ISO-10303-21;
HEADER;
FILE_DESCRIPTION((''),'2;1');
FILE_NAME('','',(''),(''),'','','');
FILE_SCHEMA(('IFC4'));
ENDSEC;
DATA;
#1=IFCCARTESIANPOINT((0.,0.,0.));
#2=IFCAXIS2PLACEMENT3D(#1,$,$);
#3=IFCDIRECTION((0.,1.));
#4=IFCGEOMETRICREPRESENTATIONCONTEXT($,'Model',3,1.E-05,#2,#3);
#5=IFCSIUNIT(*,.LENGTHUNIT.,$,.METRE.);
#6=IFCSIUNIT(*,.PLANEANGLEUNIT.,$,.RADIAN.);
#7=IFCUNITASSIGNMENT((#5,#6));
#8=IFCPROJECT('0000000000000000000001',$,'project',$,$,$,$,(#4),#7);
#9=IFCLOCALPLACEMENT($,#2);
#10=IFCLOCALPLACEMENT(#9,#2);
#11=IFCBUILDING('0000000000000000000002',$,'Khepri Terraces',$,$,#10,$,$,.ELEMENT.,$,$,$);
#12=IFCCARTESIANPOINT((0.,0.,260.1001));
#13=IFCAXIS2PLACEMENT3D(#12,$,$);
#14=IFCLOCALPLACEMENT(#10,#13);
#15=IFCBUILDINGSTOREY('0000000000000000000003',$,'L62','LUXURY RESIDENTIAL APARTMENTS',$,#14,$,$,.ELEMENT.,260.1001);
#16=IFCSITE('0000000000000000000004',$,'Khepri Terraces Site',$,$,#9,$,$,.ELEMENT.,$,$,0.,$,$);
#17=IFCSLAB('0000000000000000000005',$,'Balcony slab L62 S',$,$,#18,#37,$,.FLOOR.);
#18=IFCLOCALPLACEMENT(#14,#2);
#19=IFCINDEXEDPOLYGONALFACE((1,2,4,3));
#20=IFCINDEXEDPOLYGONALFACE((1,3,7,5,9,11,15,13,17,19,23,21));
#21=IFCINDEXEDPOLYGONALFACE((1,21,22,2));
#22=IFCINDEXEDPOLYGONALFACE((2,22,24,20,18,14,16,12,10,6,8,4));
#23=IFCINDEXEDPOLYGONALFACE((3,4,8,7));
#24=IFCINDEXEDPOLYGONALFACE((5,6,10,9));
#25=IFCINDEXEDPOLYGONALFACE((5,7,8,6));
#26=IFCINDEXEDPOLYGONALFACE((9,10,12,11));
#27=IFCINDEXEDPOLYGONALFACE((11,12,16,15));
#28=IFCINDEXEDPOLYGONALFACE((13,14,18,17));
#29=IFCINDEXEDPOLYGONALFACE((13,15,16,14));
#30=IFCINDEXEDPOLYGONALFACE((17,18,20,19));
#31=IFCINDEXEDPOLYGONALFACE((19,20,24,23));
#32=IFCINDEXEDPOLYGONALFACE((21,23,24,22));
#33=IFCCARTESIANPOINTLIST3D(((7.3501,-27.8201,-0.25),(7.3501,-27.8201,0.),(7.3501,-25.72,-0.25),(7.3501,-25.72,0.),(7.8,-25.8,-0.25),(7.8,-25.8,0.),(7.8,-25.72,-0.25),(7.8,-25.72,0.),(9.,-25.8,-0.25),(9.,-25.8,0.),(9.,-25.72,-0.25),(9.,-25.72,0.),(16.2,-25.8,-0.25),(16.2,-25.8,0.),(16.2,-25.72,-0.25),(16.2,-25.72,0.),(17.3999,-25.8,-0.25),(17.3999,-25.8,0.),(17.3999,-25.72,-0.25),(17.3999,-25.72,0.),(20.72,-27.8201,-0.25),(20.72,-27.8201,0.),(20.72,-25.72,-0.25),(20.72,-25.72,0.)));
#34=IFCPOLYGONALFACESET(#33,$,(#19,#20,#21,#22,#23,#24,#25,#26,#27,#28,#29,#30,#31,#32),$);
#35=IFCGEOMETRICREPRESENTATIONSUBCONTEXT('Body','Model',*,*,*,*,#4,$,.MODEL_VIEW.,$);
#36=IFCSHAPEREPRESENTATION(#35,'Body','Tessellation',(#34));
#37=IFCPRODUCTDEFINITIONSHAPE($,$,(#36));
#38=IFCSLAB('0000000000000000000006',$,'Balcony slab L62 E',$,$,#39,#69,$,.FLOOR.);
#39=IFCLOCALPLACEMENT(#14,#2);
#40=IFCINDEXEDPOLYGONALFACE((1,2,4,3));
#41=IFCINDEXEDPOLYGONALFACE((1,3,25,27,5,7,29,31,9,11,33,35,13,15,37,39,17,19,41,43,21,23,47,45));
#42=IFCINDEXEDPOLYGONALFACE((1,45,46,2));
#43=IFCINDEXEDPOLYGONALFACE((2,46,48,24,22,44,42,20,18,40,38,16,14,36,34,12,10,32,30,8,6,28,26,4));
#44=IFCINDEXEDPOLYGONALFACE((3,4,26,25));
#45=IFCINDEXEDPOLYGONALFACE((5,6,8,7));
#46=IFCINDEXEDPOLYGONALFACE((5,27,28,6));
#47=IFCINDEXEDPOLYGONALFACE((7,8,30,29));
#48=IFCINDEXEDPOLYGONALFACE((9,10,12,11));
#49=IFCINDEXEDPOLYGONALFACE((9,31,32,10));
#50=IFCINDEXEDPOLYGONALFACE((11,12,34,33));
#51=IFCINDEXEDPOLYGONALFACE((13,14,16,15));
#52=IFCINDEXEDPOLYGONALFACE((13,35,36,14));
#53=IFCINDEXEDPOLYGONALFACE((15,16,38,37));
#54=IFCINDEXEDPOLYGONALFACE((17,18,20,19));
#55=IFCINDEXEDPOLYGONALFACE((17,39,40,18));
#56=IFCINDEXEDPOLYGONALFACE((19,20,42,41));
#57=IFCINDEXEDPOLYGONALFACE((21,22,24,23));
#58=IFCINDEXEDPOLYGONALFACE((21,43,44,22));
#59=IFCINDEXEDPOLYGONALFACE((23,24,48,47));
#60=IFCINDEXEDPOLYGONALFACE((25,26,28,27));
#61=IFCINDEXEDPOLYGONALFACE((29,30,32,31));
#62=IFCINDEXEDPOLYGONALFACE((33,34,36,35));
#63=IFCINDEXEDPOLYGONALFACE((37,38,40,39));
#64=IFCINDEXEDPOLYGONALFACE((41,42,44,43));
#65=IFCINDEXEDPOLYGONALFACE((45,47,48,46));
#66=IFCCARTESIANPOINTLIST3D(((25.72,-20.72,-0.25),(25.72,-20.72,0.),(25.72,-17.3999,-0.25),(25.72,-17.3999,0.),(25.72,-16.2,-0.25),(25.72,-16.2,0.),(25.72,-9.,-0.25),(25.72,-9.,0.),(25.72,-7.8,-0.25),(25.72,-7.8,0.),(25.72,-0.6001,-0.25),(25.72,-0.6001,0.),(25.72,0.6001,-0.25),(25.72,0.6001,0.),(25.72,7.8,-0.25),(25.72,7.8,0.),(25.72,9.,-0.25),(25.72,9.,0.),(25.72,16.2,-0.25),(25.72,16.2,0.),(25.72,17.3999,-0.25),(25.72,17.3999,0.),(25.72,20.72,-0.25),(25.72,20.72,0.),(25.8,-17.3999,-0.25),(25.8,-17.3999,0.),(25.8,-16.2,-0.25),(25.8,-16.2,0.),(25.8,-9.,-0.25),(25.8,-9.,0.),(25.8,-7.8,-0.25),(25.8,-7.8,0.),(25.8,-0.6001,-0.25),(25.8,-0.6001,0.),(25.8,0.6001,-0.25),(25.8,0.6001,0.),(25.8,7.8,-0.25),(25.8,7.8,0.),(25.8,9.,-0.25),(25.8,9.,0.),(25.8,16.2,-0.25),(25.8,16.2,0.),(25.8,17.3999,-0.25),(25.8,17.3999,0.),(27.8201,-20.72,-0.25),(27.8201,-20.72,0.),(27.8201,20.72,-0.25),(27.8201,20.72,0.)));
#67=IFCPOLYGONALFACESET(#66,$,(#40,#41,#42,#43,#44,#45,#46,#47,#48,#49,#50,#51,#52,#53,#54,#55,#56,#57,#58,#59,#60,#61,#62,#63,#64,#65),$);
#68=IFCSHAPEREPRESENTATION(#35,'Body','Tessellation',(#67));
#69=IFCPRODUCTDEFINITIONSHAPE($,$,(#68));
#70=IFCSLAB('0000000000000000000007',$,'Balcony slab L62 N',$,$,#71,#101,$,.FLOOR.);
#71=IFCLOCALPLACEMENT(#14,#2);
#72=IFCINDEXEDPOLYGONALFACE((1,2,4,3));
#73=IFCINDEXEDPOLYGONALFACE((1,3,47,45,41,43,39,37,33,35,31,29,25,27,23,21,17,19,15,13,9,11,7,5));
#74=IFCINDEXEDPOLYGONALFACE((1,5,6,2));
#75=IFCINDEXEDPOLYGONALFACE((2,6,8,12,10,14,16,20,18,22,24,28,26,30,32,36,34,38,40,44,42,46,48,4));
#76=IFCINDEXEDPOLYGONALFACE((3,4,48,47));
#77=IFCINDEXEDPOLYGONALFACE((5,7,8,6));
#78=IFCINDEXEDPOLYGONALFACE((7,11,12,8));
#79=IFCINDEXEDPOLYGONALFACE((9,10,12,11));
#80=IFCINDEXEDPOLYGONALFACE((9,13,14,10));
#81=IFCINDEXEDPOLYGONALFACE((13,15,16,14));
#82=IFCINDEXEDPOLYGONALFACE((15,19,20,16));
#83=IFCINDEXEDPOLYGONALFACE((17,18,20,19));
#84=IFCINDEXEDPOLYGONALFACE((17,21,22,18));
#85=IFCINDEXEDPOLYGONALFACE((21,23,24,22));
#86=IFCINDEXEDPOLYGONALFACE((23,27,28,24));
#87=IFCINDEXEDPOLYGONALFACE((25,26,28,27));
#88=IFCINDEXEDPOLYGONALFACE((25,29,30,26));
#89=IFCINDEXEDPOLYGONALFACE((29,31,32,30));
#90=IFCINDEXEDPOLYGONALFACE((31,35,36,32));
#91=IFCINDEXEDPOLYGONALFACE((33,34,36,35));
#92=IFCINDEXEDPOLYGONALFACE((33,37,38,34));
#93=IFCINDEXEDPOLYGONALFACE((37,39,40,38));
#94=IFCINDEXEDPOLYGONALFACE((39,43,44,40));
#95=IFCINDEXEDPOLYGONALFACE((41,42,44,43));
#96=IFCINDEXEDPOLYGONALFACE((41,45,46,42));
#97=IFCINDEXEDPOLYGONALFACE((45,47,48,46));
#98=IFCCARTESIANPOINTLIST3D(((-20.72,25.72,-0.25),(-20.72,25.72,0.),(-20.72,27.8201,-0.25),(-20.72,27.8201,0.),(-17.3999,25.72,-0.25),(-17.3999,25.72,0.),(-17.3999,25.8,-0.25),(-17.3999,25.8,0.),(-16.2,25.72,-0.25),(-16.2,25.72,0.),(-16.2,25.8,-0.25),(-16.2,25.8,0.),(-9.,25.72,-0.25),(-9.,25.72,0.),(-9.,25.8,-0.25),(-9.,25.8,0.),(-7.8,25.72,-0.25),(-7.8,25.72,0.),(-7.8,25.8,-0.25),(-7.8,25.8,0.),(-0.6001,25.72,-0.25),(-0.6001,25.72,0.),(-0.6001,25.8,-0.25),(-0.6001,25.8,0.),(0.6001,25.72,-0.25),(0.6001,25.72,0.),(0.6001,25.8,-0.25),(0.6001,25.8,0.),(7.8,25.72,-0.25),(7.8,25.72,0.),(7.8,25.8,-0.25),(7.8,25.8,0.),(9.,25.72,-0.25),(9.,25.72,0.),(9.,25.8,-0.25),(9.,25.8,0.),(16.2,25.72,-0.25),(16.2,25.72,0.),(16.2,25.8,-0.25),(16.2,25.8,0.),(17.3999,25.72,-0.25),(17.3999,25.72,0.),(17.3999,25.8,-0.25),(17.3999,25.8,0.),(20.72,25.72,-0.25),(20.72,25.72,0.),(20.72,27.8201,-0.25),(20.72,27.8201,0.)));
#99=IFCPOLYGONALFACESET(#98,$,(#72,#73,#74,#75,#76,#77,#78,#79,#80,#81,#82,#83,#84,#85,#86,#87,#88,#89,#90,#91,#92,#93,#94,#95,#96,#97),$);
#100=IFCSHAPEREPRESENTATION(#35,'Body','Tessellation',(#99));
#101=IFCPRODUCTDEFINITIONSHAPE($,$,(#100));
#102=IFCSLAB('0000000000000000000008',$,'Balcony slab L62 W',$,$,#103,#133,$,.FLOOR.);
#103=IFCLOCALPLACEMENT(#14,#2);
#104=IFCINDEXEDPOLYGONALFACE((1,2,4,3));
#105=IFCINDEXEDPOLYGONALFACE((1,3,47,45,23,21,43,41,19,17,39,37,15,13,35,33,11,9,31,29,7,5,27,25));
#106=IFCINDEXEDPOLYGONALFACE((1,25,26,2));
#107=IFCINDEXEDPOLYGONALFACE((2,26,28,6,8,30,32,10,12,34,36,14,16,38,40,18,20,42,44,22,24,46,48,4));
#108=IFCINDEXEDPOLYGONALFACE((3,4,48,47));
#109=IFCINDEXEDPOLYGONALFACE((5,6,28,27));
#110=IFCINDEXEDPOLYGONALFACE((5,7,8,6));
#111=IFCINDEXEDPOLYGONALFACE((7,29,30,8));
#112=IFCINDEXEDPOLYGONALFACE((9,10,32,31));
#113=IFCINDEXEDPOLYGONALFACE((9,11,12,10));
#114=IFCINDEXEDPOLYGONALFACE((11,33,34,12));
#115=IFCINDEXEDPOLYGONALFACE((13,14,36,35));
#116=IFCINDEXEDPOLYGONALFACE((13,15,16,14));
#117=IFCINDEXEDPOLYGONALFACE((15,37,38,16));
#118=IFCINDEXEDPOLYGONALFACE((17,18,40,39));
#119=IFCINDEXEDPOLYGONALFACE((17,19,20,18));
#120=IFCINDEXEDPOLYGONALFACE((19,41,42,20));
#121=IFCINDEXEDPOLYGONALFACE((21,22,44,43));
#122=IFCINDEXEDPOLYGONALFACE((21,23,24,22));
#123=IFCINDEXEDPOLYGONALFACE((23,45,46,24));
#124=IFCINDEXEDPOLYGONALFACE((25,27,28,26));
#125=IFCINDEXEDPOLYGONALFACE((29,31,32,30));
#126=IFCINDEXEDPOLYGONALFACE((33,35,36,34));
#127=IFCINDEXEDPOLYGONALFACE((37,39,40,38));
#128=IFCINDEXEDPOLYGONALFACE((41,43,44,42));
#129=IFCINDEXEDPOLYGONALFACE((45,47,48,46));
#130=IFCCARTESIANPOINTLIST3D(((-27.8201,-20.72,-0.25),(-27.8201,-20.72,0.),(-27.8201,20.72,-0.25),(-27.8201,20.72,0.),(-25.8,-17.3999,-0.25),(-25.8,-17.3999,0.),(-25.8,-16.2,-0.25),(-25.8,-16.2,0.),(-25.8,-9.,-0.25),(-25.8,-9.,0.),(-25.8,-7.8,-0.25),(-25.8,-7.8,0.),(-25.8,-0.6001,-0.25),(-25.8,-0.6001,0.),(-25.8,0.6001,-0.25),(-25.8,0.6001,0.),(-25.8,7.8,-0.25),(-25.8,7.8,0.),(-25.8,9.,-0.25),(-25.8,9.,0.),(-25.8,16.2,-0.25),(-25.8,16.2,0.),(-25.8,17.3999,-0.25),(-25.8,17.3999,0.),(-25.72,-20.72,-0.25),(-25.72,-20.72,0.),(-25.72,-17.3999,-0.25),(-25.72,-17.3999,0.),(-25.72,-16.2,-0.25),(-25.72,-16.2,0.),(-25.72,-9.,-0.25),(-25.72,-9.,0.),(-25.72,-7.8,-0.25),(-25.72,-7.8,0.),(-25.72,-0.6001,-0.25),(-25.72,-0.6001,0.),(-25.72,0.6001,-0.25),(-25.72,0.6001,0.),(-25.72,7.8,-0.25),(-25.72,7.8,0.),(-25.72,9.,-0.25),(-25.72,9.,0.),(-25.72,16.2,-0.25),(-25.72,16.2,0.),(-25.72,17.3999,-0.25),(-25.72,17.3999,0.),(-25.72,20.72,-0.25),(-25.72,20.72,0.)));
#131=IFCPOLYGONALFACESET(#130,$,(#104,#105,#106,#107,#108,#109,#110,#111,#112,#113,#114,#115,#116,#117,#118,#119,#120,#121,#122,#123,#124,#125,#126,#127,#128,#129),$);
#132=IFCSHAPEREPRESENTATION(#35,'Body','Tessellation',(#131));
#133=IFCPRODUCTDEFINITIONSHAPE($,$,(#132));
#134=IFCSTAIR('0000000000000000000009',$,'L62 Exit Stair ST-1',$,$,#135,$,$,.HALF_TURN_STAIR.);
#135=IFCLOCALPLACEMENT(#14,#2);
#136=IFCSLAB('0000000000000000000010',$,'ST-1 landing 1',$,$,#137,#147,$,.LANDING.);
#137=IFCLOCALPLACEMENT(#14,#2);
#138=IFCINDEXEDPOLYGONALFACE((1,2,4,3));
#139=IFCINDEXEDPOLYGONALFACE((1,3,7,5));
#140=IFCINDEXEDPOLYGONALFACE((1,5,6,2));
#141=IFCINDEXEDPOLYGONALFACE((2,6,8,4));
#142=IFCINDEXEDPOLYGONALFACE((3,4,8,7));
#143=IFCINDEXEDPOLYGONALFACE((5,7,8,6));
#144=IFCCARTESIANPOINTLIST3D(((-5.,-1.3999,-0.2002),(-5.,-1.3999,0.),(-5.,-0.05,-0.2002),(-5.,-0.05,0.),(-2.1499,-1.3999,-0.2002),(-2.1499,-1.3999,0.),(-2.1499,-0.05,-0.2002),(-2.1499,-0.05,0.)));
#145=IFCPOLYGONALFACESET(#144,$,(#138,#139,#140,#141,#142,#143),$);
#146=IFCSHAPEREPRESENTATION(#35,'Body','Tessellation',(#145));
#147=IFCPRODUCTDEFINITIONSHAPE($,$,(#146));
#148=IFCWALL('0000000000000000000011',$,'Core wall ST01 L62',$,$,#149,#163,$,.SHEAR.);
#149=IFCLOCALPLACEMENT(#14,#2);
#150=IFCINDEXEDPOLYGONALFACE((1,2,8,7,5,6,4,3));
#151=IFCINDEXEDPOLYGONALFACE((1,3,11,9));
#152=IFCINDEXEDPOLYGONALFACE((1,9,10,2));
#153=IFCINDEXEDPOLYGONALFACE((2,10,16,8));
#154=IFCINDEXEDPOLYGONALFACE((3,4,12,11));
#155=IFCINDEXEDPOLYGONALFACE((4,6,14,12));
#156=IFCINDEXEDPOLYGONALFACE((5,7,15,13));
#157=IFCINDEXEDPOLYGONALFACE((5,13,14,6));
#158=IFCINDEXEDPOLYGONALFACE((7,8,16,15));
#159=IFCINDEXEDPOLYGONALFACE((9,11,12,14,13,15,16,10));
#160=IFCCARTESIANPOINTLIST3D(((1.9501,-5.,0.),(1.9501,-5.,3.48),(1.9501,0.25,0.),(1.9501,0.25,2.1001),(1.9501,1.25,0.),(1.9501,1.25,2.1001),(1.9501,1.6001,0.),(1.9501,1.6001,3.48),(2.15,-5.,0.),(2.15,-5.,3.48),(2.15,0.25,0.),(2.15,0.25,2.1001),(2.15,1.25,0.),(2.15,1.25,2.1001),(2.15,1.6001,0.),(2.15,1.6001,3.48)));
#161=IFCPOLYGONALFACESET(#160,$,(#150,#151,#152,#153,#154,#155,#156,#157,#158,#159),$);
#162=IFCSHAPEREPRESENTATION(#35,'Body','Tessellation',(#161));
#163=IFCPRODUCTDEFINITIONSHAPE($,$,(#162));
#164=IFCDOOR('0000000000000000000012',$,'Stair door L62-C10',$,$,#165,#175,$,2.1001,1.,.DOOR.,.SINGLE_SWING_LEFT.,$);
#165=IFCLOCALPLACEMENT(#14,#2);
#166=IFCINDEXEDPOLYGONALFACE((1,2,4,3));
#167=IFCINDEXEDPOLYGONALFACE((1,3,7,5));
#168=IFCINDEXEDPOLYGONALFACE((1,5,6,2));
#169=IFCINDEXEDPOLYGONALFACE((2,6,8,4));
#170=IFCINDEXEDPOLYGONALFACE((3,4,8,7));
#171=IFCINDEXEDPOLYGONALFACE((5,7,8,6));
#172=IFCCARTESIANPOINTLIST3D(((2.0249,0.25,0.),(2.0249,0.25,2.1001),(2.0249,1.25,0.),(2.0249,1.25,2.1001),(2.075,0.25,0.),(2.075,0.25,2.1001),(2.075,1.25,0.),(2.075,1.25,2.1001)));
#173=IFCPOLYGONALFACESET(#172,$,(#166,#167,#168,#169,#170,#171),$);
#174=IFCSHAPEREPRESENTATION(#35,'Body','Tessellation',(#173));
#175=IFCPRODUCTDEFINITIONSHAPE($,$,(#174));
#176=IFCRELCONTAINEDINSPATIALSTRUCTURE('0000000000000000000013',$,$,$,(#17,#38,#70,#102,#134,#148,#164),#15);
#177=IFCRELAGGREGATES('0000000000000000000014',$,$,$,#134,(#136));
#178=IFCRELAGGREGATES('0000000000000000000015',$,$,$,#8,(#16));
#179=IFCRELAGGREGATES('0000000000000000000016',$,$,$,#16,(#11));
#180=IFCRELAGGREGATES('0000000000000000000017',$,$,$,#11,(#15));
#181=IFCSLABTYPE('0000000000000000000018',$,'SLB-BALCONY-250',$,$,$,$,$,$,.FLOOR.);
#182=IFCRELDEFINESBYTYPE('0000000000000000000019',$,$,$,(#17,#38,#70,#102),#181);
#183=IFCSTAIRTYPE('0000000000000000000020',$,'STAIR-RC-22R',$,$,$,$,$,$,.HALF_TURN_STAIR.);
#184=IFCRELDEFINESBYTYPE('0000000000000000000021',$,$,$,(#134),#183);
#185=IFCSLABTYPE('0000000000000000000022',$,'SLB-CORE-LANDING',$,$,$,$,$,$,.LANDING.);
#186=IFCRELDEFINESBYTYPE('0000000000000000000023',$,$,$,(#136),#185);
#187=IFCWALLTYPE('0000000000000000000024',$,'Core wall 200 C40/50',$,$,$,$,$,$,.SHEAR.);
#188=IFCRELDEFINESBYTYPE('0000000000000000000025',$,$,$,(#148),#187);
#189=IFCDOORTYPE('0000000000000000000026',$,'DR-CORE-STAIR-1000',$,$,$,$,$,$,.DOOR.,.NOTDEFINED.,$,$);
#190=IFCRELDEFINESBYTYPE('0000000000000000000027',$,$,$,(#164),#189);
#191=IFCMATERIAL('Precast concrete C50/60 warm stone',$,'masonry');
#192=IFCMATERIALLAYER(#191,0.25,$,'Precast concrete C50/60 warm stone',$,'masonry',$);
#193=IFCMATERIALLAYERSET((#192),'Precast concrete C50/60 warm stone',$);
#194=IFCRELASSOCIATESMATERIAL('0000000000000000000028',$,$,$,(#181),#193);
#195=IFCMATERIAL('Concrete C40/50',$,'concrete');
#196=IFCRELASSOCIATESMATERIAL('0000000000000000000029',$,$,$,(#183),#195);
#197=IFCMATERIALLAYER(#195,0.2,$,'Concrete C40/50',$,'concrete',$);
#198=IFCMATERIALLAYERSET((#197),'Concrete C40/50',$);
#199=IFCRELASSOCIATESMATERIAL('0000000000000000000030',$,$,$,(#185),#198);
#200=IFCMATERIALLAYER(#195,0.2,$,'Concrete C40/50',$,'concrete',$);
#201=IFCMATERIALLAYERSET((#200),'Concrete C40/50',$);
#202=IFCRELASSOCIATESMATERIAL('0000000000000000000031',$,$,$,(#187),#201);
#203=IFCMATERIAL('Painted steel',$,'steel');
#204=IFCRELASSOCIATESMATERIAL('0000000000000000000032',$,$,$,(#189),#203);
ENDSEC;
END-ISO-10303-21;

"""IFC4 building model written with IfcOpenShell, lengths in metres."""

from ifc_helpers import new_model, si_unit, direction, frame, frame_2d, origin, place, context, subcontext, project, spatial, polyline, rectangle, outline, extrude, material, layer, layer_set, type_object, element, fill, aggregate, save


model = new_model("IFC4")

# Units and contexts
model_context = context("Model", 3, precision=1e-05, world=origin(), true_north=direction((0.0, 1.0)))
body_context = subcontext(model_context, "Body", "Model", "MODEL_VIEW")
ifc_project = project(units=[si_unit("LENGTHUNIT", "METRE"), si_unit("PLANEANGLEUNIT", "RADIAN")], contexts=[model_context])

# Site, building, storey
site_placement = place(None, origin())
site = spatial("IfcSite", under=ifc_project, at=site_placement, Name="Khepri Terraces Site", CompositionType="ELEMENT", RefElevation=0.0)
building_placement = place(site_placement, origin())
building = spatial("IfcBuilding", under=site, at=building_placement, Name="Khepri Terraces", CompositionType="ELEMENT")
storey_placement = place(building_placement, frame((0.0, 0.0, 260.1001)))
storey = spatial("IfcBuildingStorey", under=building, at=storey_placement, Name="L62", Description="LUXURY RESIDENTIAL APARTMENTS", CompositionType="ELEMENT", Elevation=260.1001)

# Slabs
ifc_material_1 = material(Name="Precast concrete C50/60 warm stone", Category="masonry")
ifc_layer_1 = layer(ifc_material_1, 0.25, Name="Precast concrete C50/60 warm stone", Category="masonry")
ifc_layer_set_1 = layer_set([ifc_layer_1], Name="Precast concrete C50/60 warm stone")
slab_type_1 = type_object("IfcSlabType", Name="SLB-BALCONY-250", PredefinedType="FLOOR", material=ifc_layer_set_1)
slab_1_placement = place(storey_placement, frame((0.0, 0.0, -0.25)))
element("IfcSlab", 1, at=slab_1_placement, inside=storey, type_object=slab_type_1, Name="Balcony slab L62 S", PredefinedType="FLOOR", context=body_context, shape_type="SweptSolid", body=[
    extrude(outline(polyline([(7.8, -25.72), (7.3501, -25.72), (7.3501, -27.8201), (20.72, -27.8201), (20.72, -25.72), (17.3999, -25.72), (17.3999, -25.8), (16.2, -25.8), (16.2, -25.72), (9.0, -25.72), (9.0, -25.8), (7.8, -25.8), (7.8, -25.72)])), origin(), (0.0, 0.0, 1.0), 0.25),
])
slab_2_placement = place(storey_placement, frame((0.0, 0.0, -0.25)))
element("IfcSlab", 2, at=slab_2_placement, inside=storey, type_object=slab_type_1, Name="Balcony slab L62 E", PredefinedType="FLOOR", context=body_context, shape_type="SweptSolid", body=[
    extrude(outline(polyline([(25.72, -17.3999), (25.72, -20.72), (27.8201, -20.72), (27.8201, 20.72), (25.72, 20.72), (25.72, 17.3999), (25.8, 17.3999), (25.8, 16.2), (25.72, 16.2), (25.72, 9.0), (25.8, 9.0), (25.8, 7.8), (25.72, 7.8), (25.72, 0.6001), (25.8, 0.6001), (25.8, -0.6001), (25.72, -0.6001), (25.72, -7.8), (25.8, -7.8), (25.8, -9.0), (25.72, -9.0), (25.72, -16.2), (25.8, -16.2), (25.8, -17.3999), (25.72, -17.3999)])), origin(), (0.0, 0.0, 1.0), 0.25),
])
slab_3_placement = place(storey_placement, frame((0.0, 0.0, -0.25)))
element("IfcSlab", 3, at=slab_3_placement, inside=storey, type_object=slab_type_1, Name="Balcony slab L62 N", PredefinedType="FLOOR", context=body_context, shape_type="SweptSolid", body=[
    extrude(outline(polyline([(17.3999, 25.72), (20.72, 25.72), (20.72, 27.8201), (-20.72, 27.8201), (-20.72, 25.72), (-17.3999, 25.72), (-17.3999, 25.8), (-16.2, 25.8), (-16.2, 25.72), (-9.0, 25.72), (-9.0, 25.8), (-7.8, 25.8), (-7.8, 25.72), (-0.6001, 25.72), (-0.6001, 25.8), (0.6001, 25.8), (0.6001, 25.72), (7.8, 25.72), (7.8, 25.8), (9.0, 25.8), (9.0, 25.72), (16.2, 25.72), (16.2, 25.8), (17.3999, 25.8), (17.3999, 25.72)])), origin(), (0.0, 0.0, 1.0), 0.25),
])
slab_4_placement = place(storey_placement, frame((0.0, 0.0, -0.25)))
element("IfcSlab", 4, at=slab_4_placement, inside=storey, type_object=slab_type_1, Name="Balcony slab L62 W", PredefinedType="FLOOR", context=body_context, shape_type="SweptSolid", body=[
    extrude(outline(polyline([(-25.72, 17.3999), (-25.72, 20.72), (-27.8201, 20.72), (-27.8201, -20.72), (-25.72, -20.72), (-25.72, -17.3999), (-25.8, -17.3999), (-25.8, -16.2), (-25.72, -16.2), (-25.72, -9.0), (-25.8, -9.0), (-25.8, -7.8), (-25.72, -7.8), (-25.72, -0.6001), (-25.8, -0.6001), (-25.8, 0.6001), (-25.72, 0.6001), (-25.72, 7.8), (-25.8, 7.8), (-25.8, 9.0), (-25.72, 9.0), (-25.72, 16.2), (-25.8, 16.2), (-25.8, 17.3999), (-25.72, 17.3999)])), origin(), (0.0, 0.0, 1.0), 0.25),
])

# Stair, slab
ifc_material_2 = material(Name="Concrete C40/50", Category="concrete")
stair_type = type_object("IfcStairType", Name="STAIR-RC-22R", PredefinedType="HALF_TURN_STAIR", material=ifc_material_2)
stair_1_placement = place(storey_placement, origin())
stair_1 = element("IfcStair", 5, at=stair_1_placement, inside=storey, type_object=stair_type, Name="L62 Exit Stair ST-1", PredefinedType="HALF_TURN_STAIR")
ifc_layer_2 = layer(ifc_material_2, 0.2, Name="Concrete C40/50", Category="concrete")
ifc_layer_set_2 = layer_set([ifc_layer_2], Name="Concrete C40/50")
slab_type_2 = type_object("IfcSlabType", Name="SLB-CORE-LANDING", PredefinedType="LANDING", material=ifc_layer_set_2)
slab_5_placement = place(storey_placement, frame((0.0, 0.0, -0.2002)))
slab_5 = element("IfcSlab", 6, at=slab_5_placement, type_object=slab_type_2, Name="ST-1 landing 1", PredefinedType="LANDING", context=body_context, shape_type="SweptSolid", body=[
    extrude(outline(polyline([(-2.1499, -1.3999), (-2.1499, -0.05), (-5.0, -0.05), (-5.0, -1.3999), (-2.1499, -1.3999)])), origin(), (0.0, 0.0, 1.0), 0.2002),
])
aggregate(stair_1, [slab_5])

# Wall, opening, door
ifc_layer_3 = layer(ifc_material_2, 0.2, Name="Concrete C40/50", Category="concrete")
ifc_layer_set_3 = layer_set([ifc_layer_3], Name="Concrete C40/50")
wall_type_1 = type_object("IfcWallType", Name="Core wall 200 C40/50", PredefinedType="SHEAR", material=ifc_layer_set_3)
wall_1_placement = place(storey_placement, frame((2.05, -5.0, 0.0), z_axis=(0.0, 0.0, 1.0), x_axis=(0.0, 1.0, 0.0)))
wall_1 = element("IfcWall", 7, at=wall_1_placement, inside=storey, type_object=wall_type_1, Name="Core wall ST01 L62", PredefinedType="SHEAR", context=body_context, shape_type="SweptSolid", body=[
    extrude(rectangle(XDim=6.6001, YDim=0.2, at=frame_2d((3.3, 0.0))), origin(), (0.0, 0.0, 1.0), 3.48),
])
opening_placement = place(wall_1_placement, frame((5.25, 0.0, 0.0)))
opening = element("IfcOpeningElement", 8, at=opening_placement, cuts=wall_1, PredefinedType="OPENING", context=body_context, shape_type="SweptSolid", body=[
    extrude(rectangle(XDim=1.0, YDim=2.1001, at=frame_2d((0.5, 1.05))), frame((0.0, 0.1099, 0.0), z_axis=(0.0, -1.0, 0.0), x_axis=(1.0, 0.0, 0.0)), (0.0, 0.0, 1.0), 0.22),
])
ifc_material_3 = material(Name="Painted steel", Category="steel")
door_type = type_object("IfcDoorType", Name="DR-CORE-STAIR-1000", OperationType="NOTDEFINED", PredefinedType="DOOR", material=ifc_material_3)
door_placement = place(opening_placement, frame((1.0, 0.0, 0.0), z_axis=(0.0, 0.0, 1.0), x_axis=(-1.0, 0.0, 0.0)))
door = element("IfcDoor", 9, at=door_placement, inside=storey, type_object=door_type, Name="Stair door L62-C10", OperationType="SINGLE_SWING_LEFT", OverallHeight=2.1001, OverallWidth=1.0, PredefinedType="DOOR", context=body_context, shape_type="SweptSolid", body=[
    extrude(rectangle(XDim=1.0, YDim=2.1001, at=frame_2d((0.5, 1.05))), frame((0.0, 0.0249, 0.0), z_axis=(0.0, -1.0, 0.0), x_axis=(1.0, 0.0, 0.0)), (0.0, 0.0, 1.0), 0.05),
])
fill(opening, door)

save(model, "model.ifc")
